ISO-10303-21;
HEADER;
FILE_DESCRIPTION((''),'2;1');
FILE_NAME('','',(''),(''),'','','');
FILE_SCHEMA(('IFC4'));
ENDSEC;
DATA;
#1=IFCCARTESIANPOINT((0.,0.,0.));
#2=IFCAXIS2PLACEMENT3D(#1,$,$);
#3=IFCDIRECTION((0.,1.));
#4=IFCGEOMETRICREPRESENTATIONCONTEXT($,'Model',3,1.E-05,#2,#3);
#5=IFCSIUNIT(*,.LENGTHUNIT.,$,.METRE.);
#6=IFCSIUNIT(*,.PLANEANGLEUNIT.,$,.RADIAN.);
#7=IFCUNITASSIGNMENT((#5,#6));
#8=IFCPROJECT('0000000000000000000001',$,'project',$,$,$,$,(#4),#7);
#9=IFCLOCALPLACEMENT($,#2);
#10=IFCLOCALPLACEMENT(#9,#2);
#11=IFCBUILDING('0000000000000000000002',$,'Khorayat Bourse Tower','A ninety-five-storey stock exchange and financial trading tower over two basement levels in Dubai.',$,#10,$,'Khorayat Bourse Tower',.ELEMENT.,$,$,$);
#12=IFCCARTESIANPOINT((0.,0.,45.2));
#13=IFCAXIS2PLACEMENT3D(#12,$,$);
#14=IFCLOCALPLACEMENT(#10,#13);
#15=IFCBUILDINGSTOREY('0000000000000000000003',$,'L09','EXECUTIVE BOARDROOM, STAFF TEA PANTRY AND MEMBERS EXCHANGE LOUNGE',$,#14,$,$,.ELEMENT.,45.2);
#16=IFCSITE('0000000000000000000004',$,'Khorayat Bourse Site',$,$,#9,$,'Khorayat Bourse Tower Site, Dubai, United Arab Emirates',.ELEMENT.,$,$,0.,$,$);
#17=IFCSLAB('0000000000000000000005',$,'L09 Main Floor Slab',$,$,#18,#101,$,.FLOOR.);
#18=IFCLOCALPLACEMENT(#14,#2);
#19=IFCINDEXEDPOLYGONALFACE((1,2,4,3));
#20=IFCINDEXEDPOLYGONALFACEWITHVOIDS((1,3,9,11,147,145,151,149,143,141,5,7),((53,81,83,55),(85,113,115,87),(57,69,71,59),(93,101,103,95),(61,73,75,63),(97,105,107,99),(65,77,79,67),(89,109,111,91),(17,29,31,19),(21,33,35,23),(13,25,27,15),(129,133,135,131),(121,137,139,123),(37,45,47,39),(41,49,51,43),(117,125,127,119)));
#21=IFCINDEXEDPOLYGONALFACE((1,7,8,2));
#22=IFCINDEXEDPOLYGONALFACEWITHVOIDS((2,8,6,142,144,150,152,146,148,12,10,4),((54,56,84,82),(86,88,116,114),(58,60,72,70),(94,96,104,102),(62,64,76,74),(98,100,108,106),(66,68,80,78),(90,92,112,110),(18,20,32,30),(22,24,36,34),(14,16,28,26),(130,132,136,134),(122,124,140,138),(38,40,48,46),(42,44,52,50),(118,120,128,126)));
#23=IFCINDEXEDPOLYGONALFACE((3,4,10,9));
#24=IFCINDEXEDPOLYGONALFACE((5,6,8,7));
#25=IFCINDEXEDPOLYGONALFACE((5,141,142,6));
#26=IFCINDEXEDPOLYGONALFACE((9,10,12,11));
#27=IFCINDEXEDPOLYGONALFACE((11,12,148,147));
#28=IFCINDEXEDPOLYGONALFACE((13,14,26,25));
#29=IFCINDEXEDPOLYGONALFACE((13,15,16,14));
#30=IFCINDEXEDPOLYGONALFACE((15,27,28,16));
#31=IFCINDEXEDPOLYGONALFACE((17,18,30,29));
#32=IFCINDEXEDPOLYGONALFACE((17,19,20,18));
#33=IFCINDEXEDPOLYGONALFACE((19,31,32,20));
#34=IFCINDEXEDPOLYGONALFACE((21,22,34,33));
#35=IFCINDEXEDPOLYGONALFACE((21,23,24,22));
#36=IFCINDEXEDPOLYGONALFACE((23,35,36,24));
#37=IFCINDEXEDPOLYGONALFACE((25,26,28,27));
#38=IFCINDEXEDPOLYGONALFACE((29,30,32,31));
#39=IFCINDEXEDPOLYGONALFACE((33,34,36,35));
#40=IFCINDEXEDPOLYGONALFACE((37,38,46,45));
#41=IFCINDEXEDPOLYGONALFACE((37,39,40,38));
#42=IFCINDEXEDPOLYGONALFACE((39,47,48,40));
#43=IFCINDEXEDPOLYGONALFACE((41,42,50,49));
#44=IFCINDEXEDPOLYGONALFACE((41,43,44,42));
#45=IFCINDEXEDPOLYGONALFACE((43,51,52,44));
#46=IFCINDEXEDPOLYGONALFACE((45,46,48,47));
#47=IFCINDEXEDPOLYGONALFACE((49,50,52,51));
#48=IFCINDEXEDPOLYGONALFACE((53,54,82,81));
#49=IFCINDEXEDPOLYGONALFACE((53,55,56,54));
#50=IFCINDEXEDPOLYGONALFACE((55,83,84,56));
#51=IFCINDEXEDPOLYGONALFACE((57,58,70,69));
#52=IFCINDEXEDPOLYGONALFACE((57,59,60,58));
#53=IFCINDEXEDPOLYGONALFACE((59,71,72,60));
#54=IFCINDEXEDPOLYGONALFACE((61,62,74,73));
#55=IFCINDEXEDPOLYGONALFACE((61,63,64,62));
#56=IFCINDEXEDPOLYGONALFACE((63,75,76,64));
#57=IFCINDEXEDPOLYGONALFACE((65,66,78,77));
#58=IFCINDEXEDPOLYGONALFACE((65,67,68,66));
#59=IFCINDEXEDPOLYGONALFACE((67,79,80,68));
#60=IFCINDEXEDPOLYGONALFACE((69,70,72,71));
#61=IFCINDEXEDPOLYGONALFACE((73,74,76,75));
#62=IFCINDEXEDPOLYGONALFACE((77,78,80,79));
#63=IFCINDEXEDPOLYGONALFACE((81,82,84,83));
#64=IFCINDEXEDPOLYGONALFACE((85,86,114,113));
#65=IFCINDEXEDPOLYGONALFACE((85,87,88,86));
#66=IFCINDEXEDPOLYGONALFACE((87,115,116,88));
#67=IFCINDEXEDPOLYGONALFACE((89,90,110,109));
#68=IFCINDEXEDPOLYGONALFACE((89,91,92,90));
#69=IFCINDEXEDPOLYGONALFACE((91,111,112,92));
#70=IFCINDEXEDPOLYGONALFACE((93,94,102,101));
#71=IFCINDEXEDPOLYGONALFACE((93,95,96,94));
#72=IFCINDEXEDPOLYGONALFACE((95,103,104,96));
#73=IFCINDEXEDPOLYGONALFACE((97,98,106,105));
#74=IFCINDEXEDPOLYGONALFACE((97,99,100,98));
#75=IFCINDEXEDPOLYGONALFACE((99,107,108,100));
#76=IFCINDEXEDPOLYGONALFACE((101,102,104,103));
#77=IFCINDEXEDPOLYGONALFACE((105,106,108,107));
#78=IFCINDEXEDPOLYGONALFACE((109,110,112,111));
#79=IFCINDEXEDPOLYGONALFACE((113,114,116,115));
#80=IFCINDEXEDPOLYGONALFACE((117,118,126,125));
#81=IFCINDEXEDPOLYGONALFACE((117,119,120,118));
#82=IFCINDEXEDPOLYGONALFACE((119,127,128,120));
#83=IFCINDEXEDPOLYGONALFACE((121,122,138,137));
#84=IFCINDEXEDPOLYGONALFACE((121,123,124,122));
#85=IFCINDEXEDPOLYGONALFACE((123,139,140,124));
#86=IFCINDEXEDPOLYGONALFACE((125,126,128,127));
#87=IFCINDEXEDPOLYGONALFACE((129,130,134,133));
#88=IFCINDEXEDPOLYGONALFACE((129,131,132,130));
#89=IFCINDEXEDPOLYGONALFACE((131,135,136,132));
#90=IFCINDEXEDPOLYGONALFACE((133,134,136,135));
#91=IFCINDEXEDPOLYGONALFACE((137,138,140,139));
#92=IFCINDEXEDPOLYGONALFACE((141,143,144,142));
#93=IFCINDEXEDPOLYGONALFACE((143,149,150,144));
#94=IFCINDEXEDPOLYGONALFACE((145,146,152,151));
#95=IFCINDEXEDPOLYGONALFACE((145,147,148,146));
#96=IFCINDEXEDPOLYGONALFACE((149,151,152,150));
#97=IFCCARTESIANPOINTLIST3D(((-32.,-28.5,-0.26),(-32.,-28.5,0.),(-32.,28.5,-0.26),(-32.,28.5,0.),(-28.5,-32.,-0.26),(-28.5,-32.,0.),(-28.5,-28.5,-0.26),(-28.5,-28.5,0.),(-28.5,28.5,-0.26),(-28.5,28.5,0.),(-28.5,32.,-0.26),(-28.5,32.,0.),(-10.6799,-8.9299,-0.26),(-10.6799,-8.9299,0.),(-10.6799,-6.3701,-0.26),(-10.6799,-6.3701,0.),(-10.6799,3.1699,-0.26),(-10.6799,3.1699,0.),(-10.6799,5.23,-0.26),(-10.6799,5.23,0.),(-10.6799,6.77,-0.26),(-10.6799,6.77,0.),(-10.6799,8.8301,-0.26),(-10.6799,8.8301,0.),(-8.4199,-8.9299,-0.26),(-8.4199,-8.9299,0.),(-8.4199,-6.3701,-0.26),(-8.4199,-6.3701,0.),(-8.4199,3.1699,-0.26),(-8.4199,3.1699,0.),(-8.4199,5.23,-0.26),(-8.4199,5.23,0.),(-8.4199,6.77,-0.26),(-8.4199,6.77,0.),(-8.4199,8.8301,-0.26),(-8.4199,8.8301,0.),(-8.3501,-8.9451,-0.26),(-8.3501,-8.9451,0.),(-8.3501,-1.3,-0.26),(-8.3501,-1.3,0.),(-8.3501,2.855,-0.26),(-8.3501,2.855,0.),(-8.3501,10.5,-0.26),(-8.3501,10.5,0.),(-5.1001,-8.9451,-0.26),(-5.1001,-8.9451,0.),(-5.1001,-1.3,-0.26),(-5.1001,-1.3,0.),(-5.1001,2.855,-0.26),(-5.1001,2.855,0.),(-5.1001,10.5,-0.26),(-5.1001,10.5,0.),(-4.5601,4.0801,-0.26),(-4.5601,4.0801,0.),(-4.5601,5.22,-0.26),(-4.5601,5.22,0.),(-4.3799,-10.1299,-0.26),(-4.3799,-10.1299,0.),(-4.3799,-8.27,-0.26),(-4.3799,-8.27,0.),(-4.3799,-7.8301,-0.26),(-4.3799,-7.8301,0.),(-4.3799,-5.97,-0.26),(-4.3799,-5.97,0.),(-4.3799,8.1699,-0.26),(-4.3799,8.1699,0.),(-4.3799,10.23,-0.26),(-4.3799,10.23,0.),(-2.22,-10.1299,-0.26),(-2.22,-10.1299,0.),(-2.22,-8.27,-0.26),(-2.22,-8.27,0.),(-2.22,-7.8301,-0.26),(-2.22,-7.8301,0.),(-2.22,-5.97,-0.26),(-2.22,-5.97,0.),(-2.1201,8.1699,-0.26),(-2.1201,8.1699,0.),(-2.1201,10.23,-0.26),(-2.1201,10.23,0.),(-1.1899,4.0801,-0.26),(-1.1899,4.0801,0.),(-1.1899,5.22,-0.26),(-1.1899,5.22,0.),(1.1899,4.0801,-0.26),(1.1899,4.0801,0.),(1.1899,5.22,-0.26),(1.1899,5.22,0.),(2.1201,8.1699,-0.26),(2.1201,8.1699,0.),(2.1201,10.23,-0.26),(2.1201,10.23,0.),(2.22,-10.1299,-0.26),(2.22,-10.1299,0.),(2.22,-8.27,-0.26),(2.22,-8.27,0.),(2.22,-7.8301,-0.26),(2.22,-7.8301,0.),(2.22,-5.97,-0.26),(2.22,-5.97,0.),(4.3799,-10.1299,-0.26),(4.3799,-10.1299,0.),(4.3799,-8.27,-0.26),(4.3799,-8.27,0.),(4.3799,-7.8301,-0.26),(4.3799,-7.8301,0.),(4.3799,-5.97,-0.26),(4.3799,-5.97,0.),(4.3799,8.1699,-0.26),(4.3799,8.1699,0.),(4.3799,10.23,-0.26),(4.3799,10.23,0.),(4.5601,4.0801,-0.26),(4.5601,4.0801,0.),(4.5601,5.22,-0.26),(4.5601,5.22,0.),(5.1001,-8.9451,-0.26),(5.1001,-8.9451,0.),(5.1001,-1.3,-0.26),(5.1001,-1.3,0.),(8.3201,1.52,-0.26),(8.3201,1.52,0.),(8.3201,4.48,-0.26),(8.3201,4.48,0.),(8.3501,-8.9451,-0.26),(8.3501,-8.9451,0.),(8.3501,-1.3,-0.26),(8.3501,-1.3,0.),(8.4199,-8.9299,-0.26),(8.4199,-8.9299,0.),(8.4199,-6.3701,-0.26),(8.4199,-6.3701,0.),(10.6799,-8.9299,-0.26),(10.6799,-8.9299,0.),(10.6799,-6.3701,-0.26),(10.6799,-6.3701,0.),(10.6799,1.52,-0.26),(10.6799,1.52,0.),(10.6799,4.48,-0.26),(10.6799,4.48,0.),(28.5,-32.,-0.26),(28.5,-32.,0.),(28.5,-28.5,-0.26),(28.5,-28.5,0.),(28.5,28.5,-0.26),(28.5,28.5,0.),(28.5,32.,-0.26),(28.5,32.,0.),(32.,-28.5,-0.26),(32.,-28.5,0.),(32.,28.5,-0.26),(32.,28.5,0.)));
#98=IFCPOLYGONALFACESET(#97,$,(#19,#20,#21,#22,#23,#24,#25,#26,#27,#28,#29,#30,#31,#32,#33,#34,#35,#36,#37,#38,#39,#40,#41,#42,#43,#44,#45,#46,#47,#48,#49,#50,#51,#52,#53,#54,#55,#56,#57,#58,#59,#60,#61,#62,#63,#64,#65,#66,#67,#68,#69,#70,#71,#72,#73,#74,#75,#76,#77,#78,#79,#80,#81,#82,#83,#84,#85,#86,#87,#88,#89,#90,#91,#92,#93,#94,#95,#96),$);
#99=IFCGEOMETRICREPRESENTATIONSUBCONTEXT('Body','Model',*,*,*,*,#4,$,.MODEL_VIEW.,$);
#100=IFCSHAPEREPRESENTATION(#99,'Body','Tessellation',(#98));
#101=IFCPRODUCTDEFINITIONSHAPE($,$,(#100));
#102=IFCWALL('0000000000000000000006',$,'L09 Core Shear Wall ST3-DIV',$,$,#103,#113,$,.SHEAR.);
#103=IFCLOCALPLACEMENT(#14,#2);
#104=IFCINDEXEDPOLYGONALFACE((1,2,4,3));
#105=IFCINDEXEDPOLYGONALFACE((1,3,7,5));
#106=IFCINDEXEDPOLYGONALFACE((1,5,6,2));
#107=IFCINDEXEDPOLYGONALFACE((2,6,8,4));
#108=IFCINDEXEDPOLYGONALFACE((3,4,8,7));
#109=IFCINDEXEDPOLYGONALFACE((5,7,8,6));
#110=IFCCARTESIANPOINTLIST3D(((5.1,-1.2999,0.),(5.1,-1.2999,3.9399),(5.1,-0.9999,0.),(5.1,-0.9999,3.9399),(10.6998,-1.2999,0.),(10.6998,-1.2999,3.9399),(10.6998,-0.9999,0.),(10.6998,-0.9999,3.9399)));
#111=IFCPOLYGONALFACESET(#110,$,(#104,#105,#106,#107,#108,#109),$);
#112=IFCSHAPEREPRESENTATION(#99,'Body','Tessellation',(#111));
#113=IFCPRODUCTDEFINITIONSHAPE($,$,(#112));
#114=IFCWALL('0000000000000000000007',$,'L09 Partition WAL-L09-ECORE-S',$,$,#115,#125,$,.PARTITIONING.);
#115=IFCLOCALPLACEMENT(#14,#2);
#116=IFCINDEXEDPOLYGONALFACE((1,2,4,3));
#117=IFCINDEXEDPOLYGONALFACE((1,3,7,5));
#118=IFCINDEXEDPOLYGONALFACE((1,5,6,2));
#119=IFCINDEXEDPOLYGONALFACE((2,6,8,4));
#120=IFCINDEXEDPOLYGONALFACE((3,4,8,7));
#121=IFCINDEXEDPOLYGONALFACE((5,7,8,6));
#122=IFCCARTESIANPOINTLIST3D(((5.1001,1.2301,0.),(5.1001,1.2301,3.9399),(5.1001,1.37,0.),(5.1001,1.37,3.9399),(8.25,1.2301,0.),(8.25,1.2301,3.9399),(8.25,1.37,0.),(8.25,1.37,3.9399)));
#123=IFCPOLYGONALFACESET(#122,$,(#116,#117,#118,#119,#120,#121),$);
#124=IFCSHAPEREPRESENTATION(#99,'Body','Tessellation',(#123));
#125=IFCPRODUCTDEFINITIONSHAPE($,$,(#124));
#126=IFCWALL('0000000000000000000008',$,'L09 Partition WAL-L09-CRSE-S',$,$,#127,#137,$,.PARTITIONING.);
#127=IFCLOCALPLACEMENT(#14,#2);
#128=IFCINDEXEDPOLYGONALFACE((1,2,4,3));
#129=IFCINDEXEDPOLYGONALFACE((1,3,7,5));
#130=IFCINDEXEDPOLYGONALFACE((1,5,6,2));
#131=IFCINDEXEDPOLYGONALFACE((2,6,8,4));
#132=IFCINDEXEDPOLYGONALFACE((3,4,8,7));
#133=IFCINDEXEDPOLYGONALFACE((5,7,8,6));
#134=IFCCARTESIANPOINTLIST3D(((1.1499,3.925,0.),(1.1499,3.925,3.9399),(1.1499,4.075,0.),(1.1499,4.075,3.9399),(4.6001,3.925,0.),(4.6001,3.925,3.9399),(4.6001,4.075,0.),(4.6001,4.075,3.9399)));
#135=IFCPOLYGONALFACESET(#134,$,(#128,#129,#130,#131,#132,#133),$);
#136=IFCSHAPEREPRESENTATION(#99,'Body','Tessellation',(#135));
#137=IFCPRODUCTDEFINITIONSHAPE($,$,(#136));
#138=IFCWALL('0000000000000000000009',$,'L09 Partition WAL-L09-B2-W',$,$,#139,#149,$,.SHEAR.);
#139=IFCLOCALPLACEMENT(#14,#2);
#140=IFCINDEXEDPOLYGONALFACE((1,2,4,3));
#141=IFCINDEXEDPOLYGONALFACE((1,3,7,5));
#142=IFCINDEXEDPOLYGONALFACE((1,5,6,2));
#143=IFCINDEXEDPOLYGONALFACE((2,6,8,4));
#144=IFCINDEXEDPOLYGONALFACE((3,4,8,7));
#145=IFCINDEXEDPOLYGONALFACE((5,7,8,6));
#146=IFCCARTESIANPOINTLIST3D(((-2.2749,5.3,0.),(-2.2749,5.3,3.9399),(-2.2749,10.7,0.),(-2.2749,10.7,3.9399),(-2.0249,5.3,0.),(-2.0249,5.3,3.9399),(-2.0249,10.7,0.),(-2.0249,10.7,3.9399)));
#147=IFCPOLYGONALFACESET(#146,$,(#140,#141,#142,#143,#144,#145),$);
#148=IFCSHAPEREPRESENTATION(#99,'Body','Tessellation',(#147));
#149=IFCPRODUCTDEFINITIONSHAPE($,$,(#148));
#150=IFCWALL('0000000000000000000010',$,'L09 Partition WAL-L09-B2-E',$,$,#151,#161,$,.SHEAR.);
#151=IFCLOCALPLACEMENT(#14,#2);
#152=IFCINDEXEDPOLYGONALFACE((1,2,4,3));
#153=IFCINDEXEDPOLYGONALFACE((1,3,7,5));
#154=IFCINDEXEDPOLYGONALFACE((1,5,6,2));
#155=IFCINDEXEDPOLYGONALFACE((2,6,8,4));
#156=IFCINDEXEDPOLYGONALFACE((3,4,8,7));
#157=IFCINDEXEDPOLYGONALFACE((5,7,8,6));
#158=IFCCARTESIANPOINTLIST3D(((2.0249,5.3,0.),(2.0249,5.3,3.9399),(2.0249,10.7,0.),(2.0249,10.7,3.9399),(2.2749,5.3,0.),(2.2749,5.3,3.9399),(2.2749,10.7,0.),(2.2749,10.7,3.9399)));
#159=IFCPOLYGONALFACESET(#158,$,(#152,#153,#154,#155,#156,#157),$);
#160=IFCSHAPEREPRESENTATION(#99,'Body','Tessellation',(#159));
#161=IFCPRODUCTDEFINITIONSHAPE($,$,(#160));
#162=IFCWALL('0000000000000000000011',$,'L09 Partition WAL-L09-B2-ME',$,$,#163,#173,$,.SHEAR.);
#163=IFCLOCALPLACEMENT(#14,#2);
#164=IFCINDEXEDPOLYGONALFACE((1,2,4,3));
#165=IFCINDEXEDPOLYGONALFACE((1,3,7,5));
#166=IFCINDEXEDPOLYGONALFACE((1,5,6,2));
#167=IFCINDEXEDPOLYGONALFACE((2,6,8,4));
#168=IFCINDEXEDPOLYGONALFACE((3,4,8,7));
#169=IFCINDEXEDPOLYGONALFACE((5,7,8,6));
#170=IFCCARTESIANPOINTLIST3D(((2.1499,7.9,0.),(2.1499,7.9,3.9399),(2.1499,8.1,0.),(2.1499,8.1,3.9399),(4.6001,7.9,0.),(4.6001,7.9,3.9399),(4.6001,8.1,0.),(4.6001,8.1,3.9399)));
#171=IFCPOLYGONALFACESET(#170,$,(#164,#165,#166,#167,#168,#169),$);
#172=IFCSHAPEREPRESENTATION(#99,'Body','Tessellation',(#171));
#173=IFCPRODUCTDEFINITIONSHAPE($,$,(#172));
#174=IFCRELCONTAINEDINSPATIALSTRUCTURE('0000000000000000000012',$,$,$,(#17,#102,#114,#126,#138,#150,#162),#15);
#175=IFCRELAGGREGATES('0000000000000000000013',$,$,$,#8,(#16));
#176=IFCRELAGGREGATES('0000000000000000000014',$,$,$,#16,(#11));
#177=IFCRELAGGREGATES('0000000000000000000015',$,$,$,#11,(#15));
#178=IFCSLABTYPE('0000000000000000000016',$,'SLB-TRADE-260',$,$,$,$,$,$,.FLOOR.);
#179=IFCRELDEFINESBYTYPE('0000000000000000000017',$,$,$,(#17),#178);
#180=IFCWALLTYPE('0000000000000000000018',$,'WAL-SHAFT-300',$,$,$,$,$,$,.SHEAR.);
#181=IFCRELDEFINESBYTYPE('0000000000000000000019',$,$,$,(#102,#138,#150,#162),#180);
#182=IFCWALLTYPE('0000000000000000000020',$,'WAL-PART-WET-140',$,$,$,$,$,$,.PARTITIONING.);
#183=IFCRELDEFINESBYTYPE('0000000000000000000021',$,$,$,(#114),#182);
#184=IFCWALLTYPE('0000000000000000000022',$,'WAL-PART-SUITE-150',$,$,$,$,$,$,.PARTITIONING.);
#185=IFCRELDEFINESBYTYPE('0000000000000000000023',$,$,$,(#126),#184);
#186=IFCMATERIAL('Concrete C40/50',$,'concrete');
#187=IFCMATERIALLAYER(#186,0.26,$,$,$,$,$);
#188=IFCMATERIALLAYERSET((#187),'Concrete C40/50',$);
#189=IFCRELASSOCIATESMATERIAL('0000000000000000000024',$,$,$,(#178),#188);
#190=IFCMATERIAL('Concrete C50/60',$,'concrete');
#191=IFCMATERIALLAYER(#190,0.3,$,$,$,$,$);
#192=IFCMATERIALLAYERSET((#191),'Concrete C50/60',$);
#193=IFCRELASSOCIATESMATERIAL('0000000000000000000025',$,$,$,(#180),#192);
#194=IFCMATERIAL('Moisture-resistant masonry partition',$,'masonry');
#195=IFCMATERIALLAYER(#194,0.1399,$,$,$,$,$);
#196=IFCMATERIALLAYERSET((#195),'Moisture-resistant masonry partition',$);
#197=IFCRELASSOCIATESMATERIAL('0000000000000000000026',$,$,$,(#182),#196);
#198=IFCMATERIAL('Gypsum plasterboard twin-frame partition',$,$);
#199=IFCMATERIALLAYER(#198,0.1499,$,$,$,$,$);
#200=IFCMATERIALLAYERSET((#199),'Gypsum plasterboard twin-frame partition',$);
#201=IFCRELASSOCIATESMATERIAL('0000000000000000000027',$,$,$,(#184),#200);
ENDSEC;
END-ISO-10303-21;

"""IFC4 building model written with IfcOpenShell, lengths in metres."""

from ifc_helpers import new_model, si_unit, direction, frame, frame_2d, origin, place, context, subcontext, project, spatial, polyline, rectangle, outline, extrude, source, transform, mapped, material, layer, layer_set, type_object, element, save


model = new_model("IFC4")

# Units and contexts
model_context = context("Model", 3, precision=1e-05, world=origin(), true_north=direction((0.0, 1.0)))
body_context = subcontext(model_context, "Body", "Model", "MODEL_VIEW")
ifc_project = project(units=[si_unit("LENGTHUNIT", "METRE"), si_unit("PLANEANGLEUNIT", "RADIAN")], contexts=[model_context])

# Site, building, storey
site_placement = place(None, origin())
site = spatial("IfcSite", under=ifc_project, at=site_placement, Name="Khorayat Bourse Site", LongName="Khorayat Bourse Tower Site, Dubai, United Arab Emirates", CompositionType="ELEMENT", RefElevation=0.0)
building_placement = place(site_placement, origin())
building = spatial("IfcBuilding", under=site, at=building_placement, Name="Khorayat Bourse Tower", Description="A ninety-five-storey stock exchange and financial trading tower over two basement levels in Dubai.", LongName="Khorayat Bourse Tower", CompositionType="ELEMENT")
storey_placement = place(building_placement, frame((0.0, 0.0, 45.2)))
storey = spatial("IfcBuildingStorey", under=building, at=storey_placement, Name="L09", Description="EXECUTIVE BOARDROOM, STAFF TEA PANTRY AND MEMBERS EXCHANGE LOUNGE", CompositionType="ELEMENT", Elevation=45.2)

# Shared definitions
ifc_material_1 = material(Name="Concrete C40/50", Category="concrete")

# Slab
ifc_layer_1 = layer(ifc_material_1, 0.26)
ifc_layer_set_1 = layer_set([ifc_layer_1], Name="Concrete C40/50")
slab_type_1 = type_object("IfcSlabType", Name="SLB-TRADE-260", PredefinedType="FLOOR", material=ifc_layer_set_1)
slab_1_placement = place(storey_placement, frame((0.0, 0.0, -0.26)))
element("IfcSlab", 1, at=slab_1_placement, inside=storey, type_object=slab_type_1, Name="L09 Main Floor Slab", PredefinedType="FLOOR", context=body_context, shape_type="SweptSolid", body=[
    extrude(outline(polyline([(-28.5, -32.0), (28.5, -32.0), (28.5, -28.5), (32.0, -28.5), (32.0, 28.5), (28.5, 28.5), (28.5, 32.0), (-28.5, 32.0), (-28.5, 28.5), (-32.0, 28.5), (-32.0, -28.5), (-28.5, -28.5), (-28.5, -32.0)]), holes=[polyline([(-8.3501, -8.9451), (-5.1001, -8.9451), (-5.1001, -1.3), (-8.3501, -1.3), (-8.3501, -8.9451)]), polyline([(-8.3501, 2.855), (-5.1001, 2.855), (-5.1001, 10.5), (-8.3501, 10.5), (-8.3501, 2.855)]), polyline([(5.1001, -8.9451), (8.3501, -8.9451), (8.3501, -1.3), (5.1001, -1.3), (5.1001, -8.9451)]), polyline([(-4.3799, -10.1299), (-2.22, -10.1299), (-2.22, -8.27), (-4.3799, -8.27), (-4.3799, -10.1299)]), polyline([(2.22, -10.1299), (4.3799, -10.1299), (4.3799, -8.27), (2.22, -8.27), (2.22, -10.1299)]), polyline([(-4.3799, -7.8301), (-2.22, -7.8301), (-2.22, -5.97), (-4.3799, -5.97), (-4.3799, -7.8301)]), polyline([(2.22, -7.8301), (4.3799, -7.8301), (4.3799, -5.97), (2.22, -5.97), (2.22, -7.8301)]), polyline([(-4.3799, 8.1699), (-2.1201, 8.1699), (-2.1201, 10.23), (-4.3799, 10.23), (-4.3799, 8.1699)]), polyline([(2.1201, 8.1699), (4.3799, 8.1699), (4.3799, 10.23), (2.1201, 10.23), (2.1201, 8.1699)]), polyline([(-10.6799, 3.1699), (-8.4199, 3.1699), (-8.4199, 5.23), (-10.6799, 5.23), (-10.6799, 3.1699)]), polyline([(-10.6799, 6.77), (-8.4199, 6.77), (-8.4199, 8.8301), (-10.6799, 8.8301), (-10.6799, 6.77)]), polyline([(-10.6799, -8.9299), (-8.4199, -8.9299), (-8.4199, -6.3701), (-10.6799, -6.3701), (-10.6799, -8.9299)]), polyline([(8.4199, -8.9299), (10.6799, -8.9299), (10.6799, -6.3701), (8.4199, -6.3701), (8.4199, -8.9299)]), polyline([(8.3201, 1.52), (10.6799, 1.52), (10.6799, 4.48), (8.3201, 4.48), (8.3201, 1.52)]), polyline([(-4.5601, 4.0801), (-1.1899, 4.0801), (-1.1899, 5.22), (-4.5601, 5.22), (-4.5601, 4.0801)]), polyline([(1.1899, 4.0801), (4.5601, 4.0801), (4.5601, 5.22), (1.1899, 5.22), (1.1899, 4.0801)])]), origin(), (0.0, 0.0, 1.0), 0.26),
])

# Walls
ifc_material_2 = material(Name="Concrete C50/60", Category="concrete")
ifc_layer_2 = layer(ifc_material_2, 0.3)
ifc_layer_set_2 = layer_set([ifc_layer_2], Name="Concrete C50/60")
wall_type_1 = type_object("IfcWallType", Name="WAL-SHAFT-300", PredefinedType="SHEAR", material=ifc_layer_set_2)
shared_shape_1 = source(origin(), body_context, "Body", "SweptSolid", [
    extrude(rectangle(XDim=5.5999, YDim=0.3, at=frame_2d((2.7998, 0.0))), origin(), (0.0, 0.0, 1.0), 3.9399),
])
wall_1_placement = place(storey_placement, frame((5.1001, -1.1499, 0.0), z_axis=(0.0, 0.0, 1.0), x_axis=(1.0, 0.0, 0.0)))
element("IfcWall", 2, at=wall_1_placement, inside=storey, type_object=wall_type_1, Name="L09 Core Shear Wall ST3-DIV", PredefinedType="SHEAR", context=body_context, shape_type="MappedRepresentation", body=[
    mapped(shared_shape_1, transform((0.0, 0.0, 0.0), scale=1.0)),
])
ifc_material_3 = material(Name="Moisture-resistant masonry partition", Category="masonry")
ifc_layer_3 = layer(ifc_material_3, 0.1399)
ifc_layer_set_3 = layer_set([ifc_layer_3], Name="Moisture-resistant masonry partition")
wall_type_2 = type_object("IfcWallType", Name="WAL-PART-WET-140", PredefinedType="PARTITIONING", material=ifc_layer_set_3)
shared_shape_2 = source(origin(), body_context, "Body", "SweptSolid", [
    extrude(rectangle(XDim=3.1499, YDim=0.1399, at=frame_2d((1.575, 0.0))), origin(), (0.0, 0.0, 1.0), 3.9399),
])
wall_2_placement = place(storey_placement, frame((5.1001, 1.3, 0.0), z_axis=(0.0, 0.0, 1.0), x_axis=(1.0, 0.0, 0.0)))
element("IfcWall", 3, at=wall_2_placement, inside=storey, type_object=wall_type_2, Name="L09 Partition WAL-L09-ECORE-S", PredefinedType="PARTITIONING", context=body_context, shape_type="MappedRepresentation", body=[
    mapped(shared_shape_2, transform((0.0, 0.0, 0.0), scale=1.0)),
])

# Walls
ifc_material_4 = material(Name="Gypsum plasterboard twin-frame partition")
ifc_layer_4 = layer(ifc_material_4, 0.1499)
ifc_layer_set_4 = layer_set([ifc_layer_4], Name="Gypsum plasterboard twin-frame partition")
wall_type_3 = type_object("IfcWallType", Name="WAL-PART-SUITE-150", PredefinedType="PARTITIONING", material=ifc_layer_set_4)
shared_shape_3 = source(origin(), body_context, "Body", "SweptSolid", [
    extrude(rectangle(XDim=3.4502, YDim=0.1499, at=frame_2d((1.7251, 0.0))), origin(), (0.0, 0.0, 1.0), 3.9399),
])
wall_3_placement = place(storey_placement, frame((1.1499, 4.0, 0.0), z_axis=(0.0, 0.0, 1.0), x_axis=(1.0, 0.0, 0.0)))
element("IfcWall", 4, at=wall_3_placement, inside=storey, type_object=wall_type_3, Name="L09 Partition WAL-L09-CRSE-S", PredefinedType="PARTITIONING", context=body_context, shape_type="MappedRepresentation", body=[
    mapped(shared_shape_3, transform((0.0, 0.0, 0.0), scale=1.0)),
])
shared_shape_4 = source(origin(), body_context, "Body", "SweptSolid", [
    extrude(rectangle(XDim=5.3999, YDim=0.25, at=frame_2d((2.7, 0.0))), origin(), (0.0, 0.0, 1.0), 3.9399),
])
for number, where, z_axis, x_axis, name in (
    (5, (-2.1499, 5.3, 0.0), (0.0, 0.0, 1.0), (0.0, 1.0, 0.0), "L09 Partition WAL-L09-B2-W"),
    (6, (2.1499, 5.3, 0.0), (0.0, 0.0, 1.0), (0.0, 1.0, 0.0), "L09 Partition WAL-L09-B2-E"),
):
    element("IfcWall", number, at=place(storey_placement, frame(where, z_axis=z_axis, x_axis=x_axis)), inside=storey, type_object=wall_type_1, Name=name, PredefinedType="SHEAR", context=body_context, shape_type="MappedRepresentation", body=[
        mapped(shared_shape_4, transform((0.0, 0.0, 0.0), scale=1.0)),
    ])
shared_shape_5 = source(origin(), body_context, "Body", "SweptSolid", [
    extrude(rectangle(XDim=2.4502, YDim=0.2, at=frame_2d((1.2251, 0.0))), origin(), (0.0, 0.0, 1.0), 3.9399),
])
wall_4_placement = place(storey_placement, frame((2.1499, 8.0, 0.0), z_axis=(0.0, 0.0, 1.0), x_axis=(1.0, 0.0, 0.0)))
element("IfcWall", 7, at=wall_4_placement, inside=storey, type_object=wall_type_1, Name="L09 Partition WAL-L09-B2-ME", PredefinedType="SHEAR", context=body_context, shape_type="MappedRepresentation", body=[
    mapped(shared_shape_5, transform((0.0, 0.0, 0.0), scale=1.0)),
])

save(model, "model.ifc")
